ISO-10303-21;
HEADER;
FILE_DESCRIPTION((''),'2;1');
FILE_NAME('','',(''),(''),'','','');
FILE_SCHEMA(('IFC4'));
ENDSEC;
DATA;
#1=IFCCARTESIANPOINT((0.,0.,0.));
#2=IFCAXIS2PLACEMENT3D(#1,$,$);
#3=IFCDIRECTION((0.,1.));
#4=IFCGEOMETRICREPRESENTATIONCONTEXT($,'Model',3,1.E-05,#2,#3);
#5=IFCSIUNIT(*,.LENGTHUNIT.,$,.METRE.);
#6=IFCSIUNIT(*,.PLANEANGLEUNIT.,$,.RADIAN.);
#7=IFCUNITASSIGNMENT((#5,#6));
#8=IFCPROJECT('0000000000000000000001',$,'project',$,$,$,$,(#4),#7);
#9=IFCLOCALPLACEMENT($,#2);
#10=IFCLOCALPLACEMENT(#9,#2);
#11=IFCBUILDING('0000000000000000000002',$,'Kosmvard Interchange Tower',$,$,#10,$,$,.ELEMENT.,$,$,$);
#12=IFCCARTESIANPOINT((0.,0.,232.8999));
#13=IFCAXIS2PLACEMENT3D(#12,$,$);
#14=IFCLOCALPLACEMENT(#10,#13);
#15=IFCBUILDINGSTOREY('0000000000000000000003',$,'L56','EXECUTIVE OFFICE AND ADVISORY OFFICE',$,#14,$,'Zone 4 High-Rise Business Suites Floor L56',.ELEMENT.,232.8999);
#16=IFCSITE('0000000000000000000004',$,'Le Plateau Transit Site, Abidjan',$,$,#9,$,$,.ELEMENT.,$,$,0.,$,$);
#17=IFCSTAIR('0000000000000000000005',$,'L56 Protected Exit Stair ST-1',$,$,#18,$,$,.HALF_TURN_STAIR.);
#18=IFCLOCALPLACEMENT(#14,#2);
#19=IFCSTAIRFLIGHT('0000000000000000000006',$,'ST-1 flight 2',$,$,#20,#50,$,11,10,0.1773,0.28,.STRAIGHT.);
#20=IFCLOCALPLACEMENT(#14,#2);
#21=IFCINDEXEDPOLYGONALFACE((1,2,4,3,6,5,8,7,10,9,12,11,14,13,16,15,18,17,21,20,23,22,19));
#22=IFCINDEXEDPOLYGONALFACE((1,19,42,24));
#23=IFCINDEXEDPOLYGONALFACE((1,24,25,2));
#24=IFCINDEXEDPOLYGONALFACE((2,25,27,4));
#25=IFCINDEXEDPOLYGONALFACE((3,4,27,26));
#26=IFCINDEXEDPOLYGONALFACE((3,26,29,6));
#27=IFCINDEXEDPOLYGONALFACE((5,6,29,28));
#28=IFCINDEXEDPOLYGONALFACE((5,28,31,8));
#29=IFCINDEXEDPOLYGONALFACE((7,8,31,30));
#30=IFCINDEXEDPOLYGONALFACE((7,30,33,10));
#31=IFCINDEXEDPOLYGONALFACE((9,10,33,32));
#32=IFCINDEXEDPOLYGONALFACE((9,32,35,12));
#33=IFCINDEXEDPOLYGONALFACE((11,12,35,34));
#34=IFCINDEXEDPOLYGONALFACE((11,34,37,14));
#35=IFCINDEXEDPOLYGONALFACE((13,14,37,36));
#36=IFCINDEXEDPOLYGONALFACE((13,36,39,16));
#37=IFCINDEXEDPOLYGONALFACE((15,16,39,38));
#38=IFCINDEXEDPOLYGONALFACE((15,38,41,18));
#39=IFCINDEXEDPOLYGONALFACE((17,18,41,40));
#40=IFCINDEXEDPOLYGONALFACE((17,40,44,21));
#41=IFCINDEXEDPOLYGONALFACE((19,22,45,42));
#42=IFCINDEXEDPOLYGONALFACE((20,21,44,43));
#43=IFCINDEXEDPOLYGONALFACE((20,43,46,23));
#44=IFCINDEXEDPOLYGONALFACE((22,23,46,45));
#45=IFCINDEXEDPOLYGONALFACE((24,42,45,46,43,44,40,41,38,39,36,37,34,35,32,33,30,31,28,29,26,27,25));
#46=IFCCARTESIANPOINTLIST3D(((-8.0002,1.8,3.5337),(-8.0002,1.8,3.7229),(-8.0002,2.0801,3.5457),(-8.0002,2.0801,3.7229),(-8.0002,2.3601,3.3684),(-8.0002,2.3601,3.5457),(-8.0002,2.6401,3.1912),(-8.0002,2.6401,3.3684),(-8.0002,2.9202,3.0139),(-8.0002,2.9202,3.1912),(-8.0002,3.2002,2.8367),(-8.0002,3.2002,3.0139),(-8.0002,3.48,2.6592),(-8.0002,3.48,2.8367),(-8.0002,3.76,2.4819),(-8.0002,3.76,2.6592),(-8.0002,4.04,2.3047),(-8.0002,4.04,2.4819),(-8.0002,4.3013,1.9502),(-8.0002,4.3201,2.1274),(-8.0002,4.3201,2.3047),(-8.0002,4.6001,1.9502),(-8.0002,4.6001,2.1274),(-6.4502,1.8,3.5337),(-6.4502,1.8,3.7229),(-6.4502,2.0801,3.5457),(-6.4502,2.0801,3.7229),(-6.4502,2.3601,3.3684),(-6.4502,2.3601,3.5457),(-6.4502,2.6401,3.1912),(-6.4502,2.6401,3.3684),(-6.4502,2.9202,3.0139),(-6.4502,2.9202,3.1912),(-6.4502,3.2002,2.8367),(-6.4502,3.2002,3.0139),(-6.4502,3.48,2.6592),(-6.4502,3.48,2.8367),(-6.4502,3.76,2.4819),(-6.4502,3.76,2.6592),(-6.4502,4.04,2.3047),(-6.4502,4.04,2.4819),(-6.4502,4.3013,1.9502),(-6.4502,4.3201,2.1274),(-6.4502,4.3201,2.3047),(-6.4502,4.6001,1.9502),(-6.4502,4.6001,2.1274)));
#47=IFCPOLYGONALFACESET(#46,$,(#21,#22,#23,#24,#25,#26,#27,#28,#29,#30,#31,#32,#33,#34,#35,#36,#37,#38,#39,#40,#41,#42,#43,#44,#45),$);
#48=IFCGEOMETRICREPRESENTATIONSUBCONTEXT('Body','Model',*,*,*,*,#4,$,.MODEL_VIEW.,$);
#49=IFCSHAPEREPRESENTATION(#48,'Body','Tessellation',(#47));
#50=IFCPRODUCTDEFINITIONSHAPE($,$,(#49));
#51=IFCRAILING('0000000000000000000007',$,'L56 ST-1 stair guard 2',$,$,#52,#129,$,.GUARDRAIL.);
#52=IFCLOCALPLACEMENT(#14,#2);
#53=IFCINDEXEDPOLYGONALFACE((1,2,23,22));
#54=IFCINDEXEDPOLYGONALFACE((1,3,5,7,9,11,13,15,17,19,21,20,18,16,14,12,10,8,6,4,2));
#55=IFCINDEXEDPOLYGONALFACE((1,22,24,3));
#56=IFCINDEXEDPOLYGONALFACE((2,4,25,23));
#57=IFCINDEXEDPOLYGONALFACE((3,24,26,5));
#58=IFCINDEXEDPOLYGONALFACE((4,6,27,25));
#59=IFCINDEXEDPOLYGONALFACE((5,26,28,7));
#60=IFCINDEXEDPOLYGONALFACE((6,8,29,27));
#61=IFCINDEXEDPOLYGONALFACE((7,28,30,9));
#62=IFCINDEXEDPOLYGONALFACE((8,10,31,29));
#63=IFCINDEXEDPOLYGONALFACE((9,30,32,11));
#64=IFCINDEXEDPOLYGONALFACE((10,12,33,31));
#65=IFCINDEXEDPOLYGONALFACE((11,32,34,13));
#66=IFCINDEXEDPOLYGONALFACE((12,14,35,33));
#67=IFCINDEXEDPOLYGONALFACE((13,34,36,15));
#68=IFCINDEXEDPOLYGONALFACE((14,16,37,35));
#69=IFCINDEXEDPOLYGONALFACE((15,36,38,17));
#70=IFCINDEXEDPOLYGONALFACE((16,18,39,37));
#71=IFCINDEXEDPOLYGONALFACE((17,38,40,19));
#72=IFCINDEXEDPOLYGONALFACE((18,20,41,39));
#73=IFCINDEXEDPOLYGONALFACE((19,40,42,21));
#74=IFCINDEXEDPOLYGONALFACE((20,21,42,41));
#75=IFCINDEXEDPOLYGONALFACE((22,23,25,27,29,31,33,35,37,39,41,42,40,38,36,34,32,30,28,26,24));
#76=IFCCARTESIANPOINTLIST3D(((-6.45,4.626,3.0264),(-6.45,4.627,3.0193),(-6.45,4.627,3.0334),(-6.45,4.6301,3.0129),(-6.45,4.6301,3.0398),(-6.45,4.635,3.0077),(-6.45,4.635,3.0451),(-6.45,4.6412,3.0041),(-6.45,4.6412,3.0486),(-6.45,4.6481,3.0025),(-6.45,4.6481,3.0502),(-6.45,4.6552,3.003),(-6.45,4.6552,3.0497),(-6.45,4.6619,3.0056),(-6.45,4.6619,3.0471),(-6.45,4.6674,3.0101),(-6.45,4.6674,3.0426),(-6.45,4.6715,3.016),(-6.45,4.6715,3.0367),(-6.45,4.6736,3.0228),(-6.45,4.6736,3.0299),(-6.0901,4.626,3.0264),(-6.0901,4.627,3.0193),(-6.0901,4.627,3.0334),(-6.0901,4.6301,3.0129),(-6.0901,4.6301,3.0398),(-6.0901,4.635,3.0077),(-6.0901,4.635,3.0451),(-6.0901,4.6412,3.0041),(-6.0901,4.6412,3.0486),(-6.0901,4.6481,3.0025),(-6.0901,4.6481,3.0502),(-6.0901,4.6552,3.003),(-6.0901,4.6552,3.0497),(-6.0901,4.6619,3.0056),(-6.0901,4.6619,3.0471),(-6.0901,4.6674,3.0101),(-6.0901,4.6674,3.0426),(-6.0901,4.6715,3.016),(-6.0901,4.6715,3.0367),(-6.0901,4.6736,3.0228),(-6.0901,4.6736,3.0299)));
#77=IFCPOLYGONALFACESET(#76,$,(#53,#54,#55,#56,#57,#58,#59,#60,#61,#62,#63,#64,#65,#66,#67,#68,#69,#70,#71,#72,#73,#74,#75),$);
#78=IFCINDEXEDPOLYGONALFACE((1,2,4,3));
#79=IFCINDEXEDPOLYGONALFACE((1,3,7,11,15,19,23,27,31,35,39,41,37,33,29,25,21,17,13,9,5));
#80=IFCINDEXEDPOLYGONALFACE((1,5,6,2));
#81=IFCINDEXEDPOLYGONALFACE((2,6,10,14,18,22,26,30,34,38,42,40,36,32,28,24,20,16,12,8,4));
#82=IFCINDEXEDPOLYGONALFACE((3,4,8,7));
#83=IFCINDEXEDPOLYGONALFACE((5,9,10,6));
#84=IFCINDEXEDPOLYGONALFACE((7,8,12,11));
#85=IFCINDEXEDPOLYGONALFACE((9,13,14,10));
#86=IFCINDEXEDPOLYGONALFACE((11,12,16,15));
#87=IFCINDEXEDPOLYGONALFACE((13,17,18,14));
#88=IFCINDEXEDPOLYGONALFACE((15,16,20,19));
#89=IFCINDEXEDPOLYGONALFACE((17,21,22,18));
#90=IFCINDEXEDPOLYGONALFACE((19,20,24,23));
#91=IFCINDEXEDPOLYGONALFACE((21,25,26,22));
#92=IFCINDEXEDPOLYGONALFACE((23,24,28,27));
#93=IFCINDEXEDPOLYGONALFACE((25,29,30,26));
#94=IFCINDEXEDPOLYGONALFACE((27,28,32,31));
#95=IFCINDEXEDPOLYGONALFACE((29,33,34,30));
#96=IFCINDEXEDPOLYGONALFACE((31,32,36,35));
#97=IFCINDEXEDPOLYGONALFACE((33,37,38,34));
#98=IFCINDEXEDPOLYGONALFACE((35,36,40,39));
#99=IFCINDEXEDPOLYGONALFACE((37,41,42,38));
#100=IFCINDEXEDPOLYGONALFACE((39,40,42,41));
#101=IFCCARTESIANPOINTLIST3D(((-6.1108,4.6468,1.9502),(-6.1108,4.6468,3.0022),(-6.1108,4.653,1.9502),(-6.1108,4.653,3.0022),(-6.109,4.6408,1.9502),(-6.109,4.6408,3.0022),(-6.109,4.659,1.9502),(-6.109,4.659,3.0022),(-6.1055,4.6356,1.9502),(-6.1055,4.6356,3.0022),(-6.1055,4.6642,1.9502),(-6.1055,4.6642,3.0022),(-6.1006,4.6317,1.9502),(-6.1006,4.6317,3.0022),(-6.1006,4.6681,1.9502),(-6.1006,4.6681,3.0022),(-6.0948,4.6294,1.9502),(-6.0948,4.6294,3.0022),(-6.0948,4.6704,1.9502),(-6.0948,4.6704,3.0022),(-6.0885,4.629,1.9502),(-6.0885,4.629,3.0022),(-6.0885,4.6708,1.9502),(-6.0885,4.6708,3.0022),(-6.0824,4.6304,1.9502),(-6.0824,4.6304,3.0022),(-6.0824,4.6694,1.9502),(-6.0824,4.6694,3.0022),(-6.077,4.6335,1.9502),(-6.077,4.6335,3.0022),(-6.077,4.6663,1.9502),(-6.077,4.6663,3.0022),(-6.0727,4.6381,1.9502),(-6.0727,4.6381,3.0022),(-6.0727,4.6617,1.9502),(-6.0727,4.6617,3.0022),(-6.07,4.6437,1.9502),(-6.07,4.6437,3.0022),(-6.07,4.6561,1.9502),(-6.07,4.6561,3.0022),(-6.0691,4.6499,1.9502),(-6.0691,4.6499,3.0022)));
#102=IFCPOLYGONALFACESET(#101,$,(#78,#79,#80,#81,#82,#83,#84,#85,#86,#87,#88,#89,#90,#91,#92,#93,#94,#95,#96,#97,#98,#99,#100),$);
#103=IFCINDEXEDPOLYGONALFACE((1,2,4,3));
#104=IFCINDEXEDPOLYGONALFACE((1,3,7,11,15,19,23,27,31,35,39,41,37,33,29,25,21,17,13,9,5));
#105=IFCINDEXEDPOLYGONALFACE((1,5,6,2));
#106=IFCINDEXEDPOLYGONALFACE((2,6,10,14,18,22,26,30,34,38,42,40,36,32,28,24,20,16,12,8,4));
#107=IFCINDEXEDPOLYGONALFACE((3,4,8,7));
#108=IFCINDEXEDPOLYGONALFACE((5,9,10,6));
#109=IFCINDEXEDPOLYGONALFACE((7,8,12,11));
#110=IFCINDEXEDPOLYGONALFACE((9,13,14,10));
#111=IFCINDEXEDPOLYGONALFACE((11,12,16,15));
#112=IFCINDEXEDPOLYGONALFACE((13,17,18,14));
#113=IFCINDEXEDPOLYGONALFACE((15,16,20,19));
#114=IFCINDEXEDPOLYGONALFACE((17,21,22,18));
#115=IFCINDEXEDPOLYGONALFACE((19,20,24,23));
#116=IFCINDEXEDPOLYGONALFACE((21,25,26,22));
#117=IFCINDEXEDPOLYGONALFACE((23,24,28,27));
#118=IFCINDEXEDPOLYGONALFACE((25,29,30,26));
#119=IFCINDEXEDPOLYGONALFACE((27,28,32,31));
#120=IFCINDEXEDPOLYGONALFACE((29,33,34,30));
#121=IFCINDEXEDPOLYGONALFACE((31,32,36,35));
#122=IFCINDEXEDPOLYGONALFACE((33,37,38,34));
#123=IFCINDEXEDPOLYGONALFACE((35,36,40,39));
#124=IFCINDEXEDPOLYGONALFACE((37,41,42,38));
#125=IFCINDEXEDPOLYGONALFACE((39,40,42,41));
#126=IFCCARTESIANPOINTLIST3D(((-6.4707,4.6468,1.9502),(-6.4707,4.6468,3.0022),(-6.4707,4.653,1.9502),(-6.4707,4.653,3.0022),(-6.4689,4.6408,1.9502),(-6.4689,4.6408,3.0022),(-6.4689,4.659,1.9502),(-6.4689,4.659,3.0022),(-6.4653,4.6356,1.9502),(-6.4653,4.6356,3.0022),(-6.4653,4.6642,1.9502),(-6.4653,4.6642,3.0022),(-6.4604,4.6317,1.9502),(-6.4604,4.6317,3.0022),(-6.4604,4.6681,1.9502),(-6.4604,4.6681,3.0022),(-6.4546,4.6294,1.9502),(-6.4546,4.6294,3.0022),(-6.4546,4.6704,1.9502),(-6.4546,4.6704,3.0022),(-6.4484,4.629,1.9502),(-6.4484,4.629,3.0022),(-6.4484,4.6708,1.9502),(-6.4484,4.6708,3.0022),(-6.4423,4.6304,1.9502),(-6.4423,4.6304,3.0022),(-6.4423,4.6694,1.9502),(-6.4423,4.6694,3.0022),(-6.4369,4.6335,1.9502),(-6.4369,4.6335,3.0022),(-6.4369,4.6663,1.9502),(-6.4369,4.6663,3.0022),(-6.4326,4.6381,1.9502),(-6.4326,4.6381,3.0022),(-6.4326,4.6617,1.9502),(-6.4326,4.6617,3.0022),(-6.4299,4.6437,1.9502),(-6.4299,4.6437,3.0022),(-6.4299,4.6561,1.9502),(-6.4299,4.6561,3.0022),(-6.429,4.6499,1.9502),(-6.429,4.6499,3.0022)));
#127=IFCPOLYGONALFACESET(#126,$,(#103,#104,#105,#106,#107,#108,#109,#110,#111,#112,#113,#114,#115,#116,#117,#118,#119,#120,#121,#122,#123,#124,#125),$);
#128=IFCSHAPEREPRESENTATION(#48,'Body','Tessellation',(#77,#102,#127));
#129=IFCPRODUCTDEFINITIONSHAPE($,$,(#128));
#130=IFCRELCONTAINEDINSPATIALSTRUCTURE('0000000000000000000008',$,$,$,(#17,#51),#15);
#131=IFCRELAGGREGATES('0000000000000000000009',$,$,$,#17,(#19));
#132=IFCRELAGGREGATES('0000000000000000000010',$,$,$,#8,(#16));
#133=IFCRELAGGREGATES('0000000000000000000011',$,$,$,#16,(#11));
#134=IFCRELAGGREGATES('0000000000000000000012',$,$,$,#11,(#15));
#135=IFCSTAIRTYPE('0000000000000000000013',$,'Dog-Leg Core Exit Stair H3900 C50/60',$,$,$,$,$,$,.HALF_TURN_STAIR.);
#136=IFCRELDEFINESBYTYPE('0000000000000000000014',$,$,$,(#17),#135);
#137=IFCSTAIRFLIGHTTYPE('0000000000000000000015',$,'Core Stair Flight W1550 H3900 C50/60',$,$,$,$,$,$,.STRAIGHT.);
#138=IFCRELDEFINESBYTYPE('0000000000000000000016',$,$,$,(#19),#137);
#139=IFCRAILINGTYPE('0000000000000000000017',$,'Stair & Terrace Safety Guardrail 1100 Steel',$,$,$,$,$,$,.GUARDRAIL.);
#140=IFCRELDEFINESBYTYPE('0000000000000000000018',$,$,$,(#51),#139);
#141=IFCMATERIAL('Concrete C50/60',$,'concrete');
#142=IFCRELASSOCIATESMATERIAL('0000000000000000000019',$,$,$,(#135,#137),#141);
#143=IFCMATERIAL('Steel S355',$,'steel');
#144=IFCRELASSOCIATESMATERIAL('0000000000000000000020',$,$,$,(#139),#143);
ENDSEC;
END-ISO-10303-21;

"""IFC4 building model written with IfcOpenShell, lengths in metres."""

from ifc_helpers import new_model, si_unit, direction, frame, origin, origin_2d, place, context, subcontext, project, spatial, polyline, circle, outline, extrude, source, transform, mapped, material, type_object, element, aggregate, save


model = new_model("IFC4")

# Units and contexts
model_context = context("Model", 3, precision=1e-05, world=origin(), true_north=direction((0.0, 1.0)))
body_context = subcontext(model_context, "Body", "Model", "MODEL_VIEW")
ifc_project = project(units=[si_unit("LENGTHUNIT", "METRE"), si_unit("PLANEANGLEUNIT", "RADIAN")], contexts=[model_context])

# Site, building, storey
site_placement = place(None, origin())
site = spatial("IfcSite", under=ifc_project, at=site_placement, Name="Le Plateau Transit Site, Abidjan", CompositionType="ELEMENT", RefElevation=0.0)
building_placement = place(site_placement, origin())
building = spatial("IfcBuilding", under=site, at=building_placement, Name="Kosmvard Interchange Tower", CompositionType="ELEMENT")
storey_placement = place(building_placement, frame((0.0, 0.0, 232.8999)))
storey = spatial("IfcBuildingStorey", under=building, at=storey_placement, Name="L56", Description="EXECUTIVE OFFICE AND ADVISORY OFFICE", LongName="Zone 4 High-Rise Business Suites Floor L56", CompositionType="ELEMENT", Elevation=232.8999)

# Stair, stair flight
ifc_material_1 = material(Name="Concrete C50/60", Category="concrete")
stair_type = type_object("IfcStairType", Name="Dog-Leg Core Exit Stair H3900 C50/60", PredefinedType="HALF_TURN_STAIR", material=ifc_material_1)
stair_placement = place(storey_placement, origin())
stair = element("IfcStair", 1, at=stair_placement, inside=storey, type_object=stair_type, Name="L56 Protected Exit Stair ST-1", PredefinedType="HALF_TURN_STAIR")
stair_flight_type = type_object("IfcStairFlightType", Name="Core Stair Flight W1550 H3900 C50/60", PredefinedType="STRAIGHT", material=ifc_material_1)
shared_shape_1 = source(origin(), body_context, "Body", "SweptSolid", [
    extrude(outline(polyline([(0.0, 0.0), (0.0, 0.1772), (0.28, 0.1772), (0.28, 0.3545), (0.5601, 0.3545), (0.5601, 0.5317), (0.8401, 0.5317), (0.8401, 0.709), (1.1201, 0.709), (1.1201, 0.8865), (1.3999, 0.8865), (1.3999, 1.0637), (1.6799, 1.0637), (1.6799, 1.241), (1.96, 1.241), (1.96, 1.4182), (2.24, 1.4182), (2.24, 1.5955), (2.52, 1.5955), (2.52, 1.7727), (2.8, 1.7727), (2.8, 1.95), (2.8, 1.5835), (0.2988, 0.0), (0.0, 0.0)])), frame((0.0, 0.7749, 0.0), z_axis=(0.0, -1.0, 0.0), x_axis=(1.0, 0.0, 0.0)), (0.0, 0.0, 1.0), 1.55),
])
stair_flight_1_placement = place(storey_placement, frame((-7.2251, 4.6001, 1.9502), z_axis=(0.0, 0.0, 1.0), x_axis=(0.0, -1.0, 0.0)))
stair_flight_1 = element("IfcStairFlight", 2, at=stair_flight_1_placement, type_object=stair_flight_type, Name="ST-1 flight 2", NumberOfRisers=11, NumberOfTreads=10, PredefinedType="STRAIGHT", RiserHeight=0.1773, TreadLength=0.28, context=body_context, shape_type="MappedRepresentation", body=[
    mapped(shared_shape_1, transform((0.0, 0.0, 0.0), scale=1.0)),
])
aggregate(stair, [stair_flight_1])

# Railing
ifc_material_2 = material(Name="Steel S355", Category="steel")
railing_type_1 = type_object("IfcRailingType", Name="Stair & Terrace Safety Guardrail 1100 Steel", PredefinedType="GUARDRAIL", material=ifc_material_2)
shared_shape_2 = source(origin(), body_context, "Body", "SweptSolid", [
    extrude(circle(Radius=0.0239, at=origin_2d()), frame((0.0, 0.0, 1.0762), z_axis=(-1.0, 0.0, 0.0), x_axis=(0.0, -1.0, 0.0)), (0.0, 0.0, 1.0), 0.3599),
    extrude(circle(Radius=0.021, at=origin_2d()), origin(), (0.0, 0.0, 1.0), 1.052),
    extrude(circle(Radius=0.021, at=origin_2d()), frame((-0.3599, 0.0, 0.0)), (0.0, 0.0, 1.0), 1.052),
])
railing_1_placement = place(storey_placement, frame((-6.0901, 4.6499, 1.9502)))
element("IfcRailing", 3, at=railing_1_placement, inside=storey, type_object=railing_type_1, Name="L56 ST-1 stair guard 2", PredefinedType="GUARDRAIL", context=body_context, shape_type="MappedRepresentation", body=[
    mapped(shared_shape_2, transform((0.0, 0.0, 0.0), scale=1.0)),
])

save(model, "model.ifc")
